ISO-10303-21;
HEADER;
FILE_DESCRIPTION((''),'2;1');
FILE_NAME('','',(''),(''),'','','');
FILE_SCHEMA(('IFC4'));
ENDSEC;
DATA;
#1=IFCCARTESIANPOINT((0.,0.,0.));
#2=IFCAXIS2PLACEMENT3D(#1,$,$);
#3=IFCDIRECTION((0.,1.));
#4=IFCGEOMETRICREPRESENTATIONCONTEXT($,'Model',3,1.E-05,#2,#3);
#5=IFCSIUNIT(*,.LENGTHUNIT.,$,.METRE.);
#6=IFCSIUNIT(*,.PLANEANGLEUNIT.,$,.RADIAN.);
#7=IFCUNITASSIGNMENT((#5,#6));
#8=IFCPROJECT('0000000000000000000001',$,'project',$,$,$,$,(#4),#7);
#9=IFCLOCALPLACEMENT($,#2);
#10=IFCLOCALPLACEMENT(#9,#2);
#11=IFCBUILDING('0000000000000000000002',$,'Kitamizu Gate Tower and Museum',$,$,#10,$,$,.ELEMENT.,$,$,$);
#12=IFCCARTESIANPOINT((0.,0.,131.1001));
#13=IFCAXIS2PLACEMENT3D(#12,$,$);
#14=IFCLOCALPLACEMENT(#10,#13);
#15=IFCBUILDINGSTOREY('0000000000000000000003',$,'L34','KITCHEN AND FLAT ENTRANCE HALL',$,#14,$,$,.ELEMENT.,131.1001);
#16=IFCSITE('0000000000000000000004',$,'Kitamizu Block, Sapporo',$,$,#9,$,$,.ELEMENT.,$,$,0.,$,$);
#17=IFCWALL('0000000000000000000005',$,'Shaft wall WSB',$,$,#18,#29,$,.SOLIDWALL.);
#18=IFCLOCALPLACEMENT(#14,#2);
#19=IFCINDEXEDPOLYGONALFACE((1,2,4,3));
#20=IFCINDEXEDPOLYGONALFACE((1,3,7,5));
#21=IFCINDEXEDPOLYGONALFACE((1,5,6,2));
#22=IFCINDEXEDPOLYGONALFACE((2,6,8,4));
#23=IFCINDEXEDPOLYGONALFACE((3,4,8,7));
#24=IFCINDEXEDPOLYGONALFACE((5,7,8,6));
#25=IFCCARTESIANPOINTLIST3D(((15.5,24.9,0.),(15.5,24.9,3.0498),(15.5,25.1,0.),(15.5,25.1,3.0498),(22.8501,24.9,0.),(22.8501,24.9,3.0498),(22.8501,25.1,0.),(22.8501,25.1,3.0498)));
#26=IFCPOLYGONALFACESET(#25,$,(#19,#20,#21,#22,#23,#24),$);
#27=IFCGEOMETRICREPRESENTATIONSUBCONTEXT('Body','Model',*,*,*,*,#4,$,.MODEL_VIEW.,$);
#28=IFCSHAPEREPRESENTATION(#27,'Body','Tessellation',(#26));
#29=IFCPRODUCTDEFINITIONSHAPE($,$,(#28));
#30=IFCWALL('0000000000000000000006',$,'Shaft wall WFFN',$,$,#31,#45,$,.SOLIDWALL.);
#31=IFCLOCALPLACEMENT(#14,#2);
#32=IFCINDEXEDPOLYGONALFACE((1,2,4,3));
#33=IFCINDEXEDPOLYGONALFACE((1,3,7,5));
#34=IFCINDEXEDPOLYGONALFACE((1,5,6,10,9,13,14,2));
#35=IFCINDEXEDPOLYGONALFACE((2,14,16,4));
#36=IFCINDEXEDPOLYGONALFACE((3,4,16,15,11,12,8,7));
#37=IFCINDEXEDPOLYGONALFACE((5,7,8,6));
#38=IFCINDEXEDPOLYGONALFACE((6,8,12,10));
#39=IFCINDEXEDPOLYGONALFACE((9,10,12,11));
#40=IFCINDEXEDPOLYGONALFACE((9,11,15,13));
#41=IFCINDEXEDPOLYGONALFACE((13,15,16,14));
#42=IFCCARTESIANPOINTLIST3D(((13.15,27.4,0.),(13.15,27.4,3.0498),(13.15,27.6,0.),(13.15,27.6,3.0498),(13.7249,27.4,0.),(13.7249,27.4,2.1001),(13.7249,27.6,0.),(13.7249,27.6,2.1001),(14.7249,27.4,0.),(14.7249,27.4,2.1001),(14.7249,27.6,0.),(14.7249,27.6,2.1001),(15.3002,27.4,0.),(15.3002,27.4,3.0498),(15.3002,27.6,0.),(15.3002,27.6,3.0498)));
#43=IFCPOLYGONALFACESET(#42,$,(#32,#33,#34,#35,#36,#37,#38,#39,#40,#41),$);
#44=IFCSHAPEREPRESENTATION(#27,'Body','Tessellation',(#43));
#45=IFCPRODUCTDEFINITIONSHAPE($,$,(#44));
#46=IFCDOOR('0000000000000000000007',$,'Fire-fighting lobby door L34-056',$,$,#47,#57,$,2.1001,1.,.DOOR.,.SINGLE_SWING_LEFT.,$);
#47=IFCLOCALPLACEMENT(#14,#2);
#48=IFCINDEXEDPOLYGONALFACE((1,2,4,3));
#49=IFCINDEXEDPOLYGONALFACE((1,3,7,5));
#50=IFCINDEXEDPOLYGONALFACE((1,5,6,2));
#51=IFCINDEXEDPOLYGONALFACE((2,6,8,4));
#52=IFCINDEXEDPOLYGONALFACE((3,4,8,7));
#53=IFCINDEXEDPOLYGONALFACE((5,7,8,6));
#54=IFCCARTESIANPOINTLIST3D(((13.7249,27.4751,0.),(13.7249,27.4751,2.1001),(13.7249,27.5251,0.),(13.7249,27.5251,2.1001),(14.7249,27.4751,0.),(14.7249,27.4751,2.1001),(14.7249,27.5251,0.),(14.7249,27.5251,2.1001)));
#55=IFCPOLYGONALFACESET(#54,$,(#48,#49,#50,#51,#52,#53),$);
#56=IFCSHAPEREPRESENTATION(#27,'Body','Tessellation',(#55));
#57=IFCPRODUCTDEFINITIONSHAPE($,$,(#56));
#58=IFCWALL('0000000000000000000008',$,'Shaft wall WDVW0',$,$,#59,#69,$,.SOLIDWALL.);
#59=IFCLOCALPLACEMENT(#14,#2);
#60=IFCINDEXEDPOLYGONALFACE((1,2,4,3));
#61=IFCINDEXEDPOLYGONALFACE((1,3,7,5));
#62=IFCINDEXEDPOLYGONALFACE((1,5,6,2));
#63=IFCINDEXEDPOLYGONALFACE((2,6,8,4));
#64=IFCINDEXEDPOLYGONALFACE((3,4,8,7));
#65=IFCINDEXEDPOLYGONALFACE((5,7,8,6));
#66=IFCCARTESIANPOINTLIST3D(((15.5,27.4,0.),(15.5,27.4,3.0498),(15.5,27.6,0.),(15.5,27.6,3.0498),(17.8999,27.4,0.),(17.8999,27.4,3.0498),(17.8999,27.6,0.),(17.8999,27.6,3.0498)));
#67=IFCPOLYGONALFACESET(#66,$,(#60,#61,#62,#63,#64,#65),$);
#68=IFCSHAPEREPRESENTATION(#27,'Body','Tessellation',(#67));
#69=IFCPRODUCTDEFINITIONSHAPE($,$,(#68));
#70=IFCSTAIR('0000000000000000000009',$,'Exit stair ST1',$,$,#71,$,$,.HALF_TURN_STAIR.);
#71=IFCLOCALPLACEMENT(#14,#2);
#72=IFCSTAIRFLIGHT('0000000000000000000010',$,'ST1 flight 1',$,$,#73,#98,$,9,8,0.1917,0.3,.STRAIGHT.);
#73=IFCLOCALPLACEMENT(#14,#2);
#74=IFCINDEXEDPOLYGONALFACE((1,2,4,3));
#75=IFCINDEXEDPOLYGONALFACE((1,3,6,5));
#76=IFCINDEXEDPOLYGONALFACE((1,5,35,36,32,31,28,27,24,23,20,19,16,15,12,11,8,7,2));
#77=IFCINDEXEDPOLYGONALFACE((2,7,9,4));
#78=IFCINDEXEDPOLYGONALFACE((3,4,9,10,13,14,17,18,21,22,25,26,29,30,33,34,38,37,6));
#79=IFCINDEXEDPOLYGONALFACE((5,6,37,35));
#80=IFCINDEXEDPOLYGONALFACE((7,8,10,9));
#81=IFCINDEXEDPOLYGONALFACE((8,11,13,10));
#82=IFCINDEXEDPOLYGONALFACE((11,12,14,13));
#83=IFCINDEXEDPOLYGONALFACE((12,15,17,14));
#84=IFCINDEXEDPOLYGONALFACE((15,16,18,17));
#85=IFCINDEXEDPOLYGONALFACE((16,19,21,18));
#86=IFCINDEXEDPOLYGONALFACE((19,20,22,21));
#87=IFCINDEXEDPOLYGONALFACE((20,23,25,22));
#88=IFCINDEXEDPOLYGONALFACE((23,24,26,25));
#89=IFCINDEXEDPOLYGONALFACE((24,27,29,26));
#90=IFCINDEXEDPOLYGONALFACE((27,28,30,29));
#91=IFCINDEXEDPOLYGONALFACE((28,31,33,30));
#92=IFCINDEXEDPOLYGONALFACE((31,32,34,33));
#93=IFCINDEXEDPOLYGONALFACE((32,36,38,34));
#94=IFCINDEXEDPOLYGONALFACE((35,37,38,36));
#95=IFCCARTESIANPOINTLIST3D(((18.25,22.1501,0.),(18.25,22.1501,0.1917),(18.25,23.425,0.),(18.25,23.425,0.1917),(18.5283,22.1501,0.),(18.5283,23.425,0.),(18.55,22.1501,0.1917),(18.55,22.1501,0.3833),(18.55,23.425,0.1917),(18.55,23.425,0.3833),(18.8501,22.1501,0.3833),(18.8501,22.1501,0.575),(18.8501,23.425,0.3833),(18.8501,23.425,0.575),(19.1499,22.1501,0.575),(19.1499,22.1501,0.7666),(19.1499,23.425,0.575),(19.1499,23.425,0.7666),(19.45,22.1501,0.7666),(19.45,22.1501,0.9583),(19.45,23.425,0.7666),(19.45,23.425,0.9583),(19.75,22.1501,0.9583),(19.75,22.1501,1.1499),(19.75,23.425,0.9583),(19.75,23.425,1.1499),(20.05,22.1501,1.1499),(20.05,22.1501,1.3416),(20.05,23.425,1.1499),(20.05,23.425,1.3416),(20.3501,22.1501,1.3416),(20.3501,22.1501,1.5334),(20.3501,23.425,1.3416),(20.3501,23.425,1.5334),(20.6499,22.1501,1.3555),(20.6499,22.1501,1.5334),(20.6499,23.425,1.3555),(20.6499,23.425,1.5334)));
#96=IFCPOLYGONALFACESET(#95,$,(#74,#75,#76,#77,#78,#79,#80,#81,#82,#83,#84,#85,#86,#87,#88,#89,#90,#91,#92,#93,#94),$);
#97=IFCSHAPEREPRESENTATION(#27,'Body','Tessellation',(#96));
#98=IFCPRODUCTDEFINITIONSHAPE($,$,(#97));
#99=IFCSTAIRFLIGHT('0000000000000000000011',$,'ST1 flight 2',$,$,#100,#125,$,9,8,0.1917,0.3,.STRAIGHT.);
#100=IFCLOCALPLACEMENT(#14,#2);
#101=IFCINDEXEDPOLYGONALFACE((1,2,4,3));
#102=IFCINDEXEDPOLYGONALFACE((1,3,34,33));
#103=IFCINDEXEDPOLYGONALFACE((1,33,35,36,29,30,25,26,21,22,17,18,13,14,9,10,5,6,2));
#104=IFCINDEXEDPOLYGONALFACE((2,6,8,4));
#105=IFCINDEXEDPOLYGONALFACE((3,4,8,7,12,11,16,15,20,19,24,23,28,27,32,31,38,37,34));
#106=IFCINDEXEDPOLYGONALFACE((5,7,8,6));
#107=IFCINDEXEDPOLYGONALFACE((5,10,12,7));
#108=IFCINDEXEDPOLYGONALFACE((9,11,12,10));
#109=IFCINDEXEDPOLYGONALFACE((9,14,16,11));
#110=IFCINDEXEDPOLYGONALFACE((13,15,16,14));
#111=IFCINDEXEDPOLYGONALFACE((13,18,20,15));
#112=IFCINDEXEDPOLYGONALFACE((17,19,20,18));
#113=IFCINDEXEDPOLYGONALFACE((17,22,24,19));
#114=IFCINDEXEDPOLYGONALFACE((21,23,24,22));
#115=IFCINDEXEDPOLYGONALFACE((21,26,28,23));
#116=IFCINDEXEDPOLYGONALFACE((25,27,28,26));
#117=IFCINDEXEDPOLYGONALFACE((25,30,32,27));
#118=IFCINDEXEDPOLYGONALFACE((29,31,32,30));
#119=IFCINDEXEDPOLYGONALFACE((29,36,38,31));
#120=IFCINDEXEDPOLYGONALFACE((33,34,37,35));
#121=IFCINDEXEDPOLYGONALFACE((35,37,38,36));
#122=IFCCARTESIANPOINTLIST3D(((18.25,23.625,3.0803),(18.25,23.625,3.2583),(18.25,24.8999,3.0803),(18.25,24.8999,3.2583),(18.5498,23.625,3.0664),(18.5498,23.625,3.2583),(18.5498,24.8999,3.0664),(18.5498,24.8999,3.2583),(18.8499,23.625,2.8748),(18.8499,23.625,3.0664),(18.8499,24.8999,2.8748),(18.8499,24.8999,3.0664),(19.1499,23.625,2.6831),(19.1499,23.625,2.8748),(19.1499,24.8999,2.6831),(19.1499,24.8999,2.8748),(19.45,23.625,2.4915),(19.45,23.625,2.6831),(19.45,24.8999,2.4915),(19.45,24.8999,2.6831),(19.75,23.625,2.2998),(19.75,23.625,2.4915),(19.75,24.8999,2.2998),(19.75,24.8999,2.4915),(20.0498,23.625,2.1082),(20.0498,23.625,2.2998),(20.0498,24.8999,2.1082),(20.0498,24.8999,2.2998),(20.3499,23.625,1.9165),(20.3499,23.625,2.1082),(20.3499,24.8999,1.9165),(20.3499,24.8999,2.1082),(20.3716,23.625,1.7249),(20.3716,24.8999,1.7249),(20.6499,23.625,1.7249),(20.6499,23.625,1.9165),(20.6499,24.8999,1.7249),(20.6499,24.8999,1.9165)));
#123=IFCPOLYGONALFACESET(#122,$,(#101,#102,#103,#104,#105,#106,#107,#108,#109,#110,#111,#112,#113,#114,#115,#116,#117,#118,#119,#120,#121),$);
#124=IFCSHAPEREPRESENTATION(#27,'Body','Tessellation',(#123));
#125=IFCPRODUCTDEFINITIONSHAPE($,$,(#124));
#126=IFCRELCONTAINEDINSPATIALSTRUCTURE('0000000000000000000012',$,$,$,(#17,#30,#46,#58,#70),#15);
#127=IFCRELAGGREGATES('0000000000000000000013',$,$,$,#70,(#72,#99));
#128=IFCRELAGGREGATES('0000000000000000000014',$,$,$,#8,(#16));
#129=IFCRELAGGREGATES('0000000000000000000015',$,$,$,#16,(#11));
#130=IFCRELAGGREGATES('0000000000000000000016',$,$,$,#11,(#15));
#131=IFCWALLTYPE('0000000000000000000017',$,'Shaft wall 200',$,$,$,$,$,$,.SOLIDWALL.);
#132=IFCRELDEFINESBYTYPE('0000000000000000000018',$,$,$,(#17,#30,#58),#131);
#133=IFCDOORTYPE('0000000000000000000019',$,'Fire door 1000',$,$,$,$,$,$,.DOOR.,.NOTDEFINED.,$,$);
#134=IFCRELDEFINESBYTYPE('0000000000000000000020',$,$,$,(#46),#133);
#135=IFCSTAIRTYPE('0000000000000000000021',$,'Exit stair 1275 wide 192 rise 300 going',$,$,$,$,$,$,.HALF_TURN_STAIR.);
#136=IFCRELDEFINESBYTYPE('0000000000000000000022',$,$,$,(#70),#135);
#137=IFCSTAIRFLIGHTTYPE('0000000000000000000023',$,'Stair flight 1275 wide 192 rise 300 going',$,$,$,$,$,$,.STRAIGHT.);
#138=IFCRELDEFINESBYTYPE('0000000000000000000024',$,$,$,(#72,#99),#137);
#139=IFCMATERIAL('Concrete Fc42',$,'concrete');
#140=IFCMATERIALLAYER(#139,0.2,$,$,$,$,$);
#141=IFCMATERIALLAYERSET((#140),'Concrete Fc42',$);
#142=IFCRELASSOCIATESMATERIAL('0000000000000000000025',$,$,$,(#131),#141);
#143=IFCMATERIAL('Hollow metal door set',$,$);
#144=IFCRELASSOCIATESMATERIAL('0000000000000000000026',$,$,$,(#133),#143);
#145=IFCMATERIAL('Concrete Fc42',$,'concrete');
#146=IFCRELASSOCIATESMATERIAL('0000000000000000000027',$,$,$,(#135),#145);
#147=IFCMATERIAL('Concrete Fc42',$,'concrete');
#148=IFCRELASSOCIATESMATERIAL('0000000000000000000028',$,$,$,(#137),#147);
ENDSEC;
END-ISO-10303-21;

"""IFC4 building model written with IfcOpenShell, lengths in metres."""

from ifc_helpers import new_model, si_unit, direction, frame, frame_2d, origin, place, context, subcontext, project, spatial, polyline, rectangle, outline, extrude, material, layer, layer_set, type_object, element, fill, aggregate, save


model = new_model("IFC4")

# Units and contexts
model_context = context("Model", 3, precision=1e-05, world=origin(), true_north=direction((0.0, 1.0)))
body_context = subcontext(model_context, "Body", "Model", "MODEL_VIEW")
ifc_project = project(units=[si_unit("LENGTHUNIT", "METRE"), si_unit("PLANEANGLEUNIT", "RADIAN")], contexts=[model_context])

# Site, building, storey
site_placement = place(None, origin())
site = spatial("IfcSite", under=ifc_project, at=site_placement, Name="Kitamizu Block, Sapporo", CompositionType="ELEMENT", RefElevation=0.0)
building_placement = place(site_placement, origin())
building = spatial("IfcBuilding", under=site, at=building_placement, Name="Kitamizu Gate Tower and Museum", CompositionType="ELEMENT")
storey_placement = place(building_placement, frame((0.0, 0.0, 131.1001)))
storey = spatial("IfcBuildingStorey", under=building, at=storey_placement, Name="L34", Description="KITCHEN AND FLAT ENTRANCE HALL", CompositionType="ELEMENT", Elevation=131.1001)

# Shared definitions
ifc_material_1 = material(Name="Concrete Fc42", Category="concrete")
ifc_layer = layer(ifc_material_1, 0.2)
ifc_layer_set = layer_set([ifc_layer], Name="Concrete Fc42")
wall_type = type_object("IfcWallType", Name="Shaft wall 200", PredefinedType="SOLIDWALL", material=ifc_layer_set)
ifc_material_2 = material(Name="Hollow metal door set")
door_type_1 = type_object("IfcDoorType", Name="Fire door 1000", OperationType="NOTDEFINED", PredefinedType="DOOR", material=ifc_material_2)

# Wall
wall_1_placement = place(storey_placement, frame((15.5, 25.0, 0.0), z_axis=(0.0, 0.0, 1.0), x_axis=(1.0, 0.0, 0.0)))
element("IfcWall", 1, at=wall_1_placement, inside=storey, type_object=wall_type, Name="Shaft wall WSB", PredefinedType="SOLIDWALL", context=body_context, shape_type="SweptSolid", body=[
    extrude(rectangle(XDim=7.3501, YDim=0.2, at=frame_2d((3.675, 0.0))), origin(), (0.0, 0.0, 1.0), 3.0498),
])

# Wall, opening, door
wall_2_placement = place(storey_placement, frame((13.1499, 27.5, 0.0), z_axis=(0.0, 0.0, 1.0), x_axis=(1.0, 0.0, 0.0)))
wall_2 = element("IfcWall", 2, at=wall_2_placement, inside=storey, type_object=wall_type, Name="Shaft wall WFFN", PredefinedType="SOLIDWALL", context=body_context, shape_type="SweptSolid", body=[
    extrude(rectangle(XDim=2.1501, YDim=0.2, at=frame_2d((1.0752, 0.0))), origin(), (0.0, 0.0, 1.0), 3.0498),
])
opening_1_placement = place(wall_2_placement, frame((0.575, 0.0, 0.0)))
opening_1 = element("IfcOpeningElement", 3, at=opening_1_placement, cuts=wall_2, PredefinedType="OPENING", context=body_context, shape_type="SweptSolid", body=[
    extrude(rectangle(XDim=1.0, YDim=2.1001, at=frame_2d((0.5, 1.05))), frame((0.0, 0.1099, 0.0), z_axis=(0.0, -1.0, 0.0), x_axis=(1.0, 0.0, 0.0)), (0.0, 0.0, 1.0), 0.22),
])
door_1_placement = place(opening_1_placement, frame((1.0, 0.0, 0.0), x_axis=(-1.0, 0.0, 0.0)))
door_1 = element("IfcDoor", 4, at=door_1_placement, inside=storey, type_object=door_type_1, Name="Fire-fighting lobby door L34-056", OperationType="SINGLE_SWING_LEFT", OverallHeight=2.1001, OverallWidth=1.0, PredefinedType="DOOR", context=body_context, shape_type="SweptSolid", body=[
    extrude(rectangle(XDim=1.0, YDim=2.1001, at=frame_2d((0.5, 1.05))), frame((0.0, 0.0249, 0.0), z_axis=(0.0, -1.0, 0.0), x_axis=(1.0, 0.0, 0.0)), (0.0, 0.0, 1.0), 0.05),
])
fill(opening_1, door_1)

# Wall
wall_3_placement = place(storey_placement, frame((15.5, 27.5, 0.0), z_axis=(0.0, 0.0, 1.0), x_axis=(1.0, 0.0, 0.0)))
element("IfcWall", 5, at=wall_3_placement, inside=storey, type_object=wall_type, Name="Shaft wall WDVW0", PredefinedType="SOLIDWALL", context=body_context, shape_type="SweptSolid", body=[
    extrude(rectangle(XDim=2.3999, YDim=0.2, at=frame_2d((1.2, 0.0))), origin(), (0.0, 0.0, 1.0), 3.0498),
])

# Stair, stair flights
ifc_material_3 = material(Name="Concrete Fc42", Category="concrete")
stair_type = type_object("IfcStairType", Name="Exit stair 1275 wide 192 rise 300 going", PredefinedType="HALF_TURN_STAIR", material=ifc_material_3)
stair_placement = place(storey_placement, origin())
stair = element("IfcStair", 6, at=stair_placement, inside=storey, type_object=stair_type, Name="Exit stair ST1", PredefinedType="HALF_TURN_STAIR")
ifc_material_4 = material(Name="Concrete Fc42", Category="concrete")
stair_flight_type = type_object("IfcStairFlightType", Name="Stair flight 1275 wide 192 rise 300 going", PredefinedType="STRAIGHT", material=ifc_material_4)
stair_flight_1_placement = place(storey_placement, frame((18.25, 22.7876, 0.0), z_axis=(0.0, 0.0, 1.0), x_axis=(1.0, 0.0, 0.0)))
stair_flight_1 = element("IfcStairFlight", 7, at=stair_flight_1_placement, type_object=stair_flight_type, Name="ST1 flight 1", NumberOfRisers=9, NumberOfTreads=8, PredefinedType="STRAIGHT", RiserHeight=0.1917, TreadLength=0.3, context=body_context, shape_type="SweptSolid", body=[
    extrude(outline(polyline([(0.0, 0.0), (0.0, 0.1917), (0.3, 0.1917), (0.3, 0.3833), (0.6001, 0.3833), (0.6001, 0.575), (0.8999, 0.575), (0.8999, 0.7666), (1.2, 0.7666), (1.2, 0.9583), (1.5, 0.9583), (1.5, 1.1499), (1.8, 1.1499), (1.8, 1.3416), (2.1001, 1.3416), (2.1001, 1.5334), (2.3999, 1.5334), (2.3999, 1.7251), (2.3999, 1.3555), (0.2783, 0.0), (0.0, 0.0)])), frame((0.0, 0.6375, 0.0), z_axis=(0.0, -1.0, 0.0), x_axis=(1.0, 0.0, 0.0)), (0.0, 0.0, 1.0), 1.2749),
])
stair_flight_2_placement = place(storey_placement, frame((20.6499, 24.2625, 1.7249), z_axis=(0.0, 0.0, 1.0), x_axis=(-1.0, 0.0, 0.0)))
stair_flight_2 = element("IfcStairFlight", 8, at=stair_flight_2_placement, type_object=stair_flight_type, Name="ST1 flight 2", NumberOfRisers=9, NumberOfTreads=8, PredefinedType="STRAIGHT", RiserHeight=0.1917, TreadLength=0.3, context=body_context, shape_type="SweptSolid", body=[
    extrude(outline(polyline([(0.0, 0.0), (0.0, 0.1917), (0.3, 0.1917), (0.3, 0.3833), (0.6001, 0.3833), (0.6001, 0.575), (0.8999, 0.575), (0.8999, 0.7666), (1.2, 0.7666), (1.2, 0.9583), (1.5, 0.9583), (1.5, 1.1499), (1.8, 1.1499), (1.8, 1.3416), (2.1001, 1.3416), (2.1001, 1.5334), (2.3999, 1.5334), (2.3999, 1.7251), (2.3999, 1.3555), (0.2783, 0.0), (0.0, 0.0)])), frame((0.0, 0.6375, 0.0), z_axis=(0.0, -1.0, 0.0), x_axis=(1.0, 0.0, 0.0)), (0.0, 0.0, 1.0), 1.2749),
])
aggregate(stair, [stair_flight_1, stair_flight_2])

save(model, "model.ifc")
